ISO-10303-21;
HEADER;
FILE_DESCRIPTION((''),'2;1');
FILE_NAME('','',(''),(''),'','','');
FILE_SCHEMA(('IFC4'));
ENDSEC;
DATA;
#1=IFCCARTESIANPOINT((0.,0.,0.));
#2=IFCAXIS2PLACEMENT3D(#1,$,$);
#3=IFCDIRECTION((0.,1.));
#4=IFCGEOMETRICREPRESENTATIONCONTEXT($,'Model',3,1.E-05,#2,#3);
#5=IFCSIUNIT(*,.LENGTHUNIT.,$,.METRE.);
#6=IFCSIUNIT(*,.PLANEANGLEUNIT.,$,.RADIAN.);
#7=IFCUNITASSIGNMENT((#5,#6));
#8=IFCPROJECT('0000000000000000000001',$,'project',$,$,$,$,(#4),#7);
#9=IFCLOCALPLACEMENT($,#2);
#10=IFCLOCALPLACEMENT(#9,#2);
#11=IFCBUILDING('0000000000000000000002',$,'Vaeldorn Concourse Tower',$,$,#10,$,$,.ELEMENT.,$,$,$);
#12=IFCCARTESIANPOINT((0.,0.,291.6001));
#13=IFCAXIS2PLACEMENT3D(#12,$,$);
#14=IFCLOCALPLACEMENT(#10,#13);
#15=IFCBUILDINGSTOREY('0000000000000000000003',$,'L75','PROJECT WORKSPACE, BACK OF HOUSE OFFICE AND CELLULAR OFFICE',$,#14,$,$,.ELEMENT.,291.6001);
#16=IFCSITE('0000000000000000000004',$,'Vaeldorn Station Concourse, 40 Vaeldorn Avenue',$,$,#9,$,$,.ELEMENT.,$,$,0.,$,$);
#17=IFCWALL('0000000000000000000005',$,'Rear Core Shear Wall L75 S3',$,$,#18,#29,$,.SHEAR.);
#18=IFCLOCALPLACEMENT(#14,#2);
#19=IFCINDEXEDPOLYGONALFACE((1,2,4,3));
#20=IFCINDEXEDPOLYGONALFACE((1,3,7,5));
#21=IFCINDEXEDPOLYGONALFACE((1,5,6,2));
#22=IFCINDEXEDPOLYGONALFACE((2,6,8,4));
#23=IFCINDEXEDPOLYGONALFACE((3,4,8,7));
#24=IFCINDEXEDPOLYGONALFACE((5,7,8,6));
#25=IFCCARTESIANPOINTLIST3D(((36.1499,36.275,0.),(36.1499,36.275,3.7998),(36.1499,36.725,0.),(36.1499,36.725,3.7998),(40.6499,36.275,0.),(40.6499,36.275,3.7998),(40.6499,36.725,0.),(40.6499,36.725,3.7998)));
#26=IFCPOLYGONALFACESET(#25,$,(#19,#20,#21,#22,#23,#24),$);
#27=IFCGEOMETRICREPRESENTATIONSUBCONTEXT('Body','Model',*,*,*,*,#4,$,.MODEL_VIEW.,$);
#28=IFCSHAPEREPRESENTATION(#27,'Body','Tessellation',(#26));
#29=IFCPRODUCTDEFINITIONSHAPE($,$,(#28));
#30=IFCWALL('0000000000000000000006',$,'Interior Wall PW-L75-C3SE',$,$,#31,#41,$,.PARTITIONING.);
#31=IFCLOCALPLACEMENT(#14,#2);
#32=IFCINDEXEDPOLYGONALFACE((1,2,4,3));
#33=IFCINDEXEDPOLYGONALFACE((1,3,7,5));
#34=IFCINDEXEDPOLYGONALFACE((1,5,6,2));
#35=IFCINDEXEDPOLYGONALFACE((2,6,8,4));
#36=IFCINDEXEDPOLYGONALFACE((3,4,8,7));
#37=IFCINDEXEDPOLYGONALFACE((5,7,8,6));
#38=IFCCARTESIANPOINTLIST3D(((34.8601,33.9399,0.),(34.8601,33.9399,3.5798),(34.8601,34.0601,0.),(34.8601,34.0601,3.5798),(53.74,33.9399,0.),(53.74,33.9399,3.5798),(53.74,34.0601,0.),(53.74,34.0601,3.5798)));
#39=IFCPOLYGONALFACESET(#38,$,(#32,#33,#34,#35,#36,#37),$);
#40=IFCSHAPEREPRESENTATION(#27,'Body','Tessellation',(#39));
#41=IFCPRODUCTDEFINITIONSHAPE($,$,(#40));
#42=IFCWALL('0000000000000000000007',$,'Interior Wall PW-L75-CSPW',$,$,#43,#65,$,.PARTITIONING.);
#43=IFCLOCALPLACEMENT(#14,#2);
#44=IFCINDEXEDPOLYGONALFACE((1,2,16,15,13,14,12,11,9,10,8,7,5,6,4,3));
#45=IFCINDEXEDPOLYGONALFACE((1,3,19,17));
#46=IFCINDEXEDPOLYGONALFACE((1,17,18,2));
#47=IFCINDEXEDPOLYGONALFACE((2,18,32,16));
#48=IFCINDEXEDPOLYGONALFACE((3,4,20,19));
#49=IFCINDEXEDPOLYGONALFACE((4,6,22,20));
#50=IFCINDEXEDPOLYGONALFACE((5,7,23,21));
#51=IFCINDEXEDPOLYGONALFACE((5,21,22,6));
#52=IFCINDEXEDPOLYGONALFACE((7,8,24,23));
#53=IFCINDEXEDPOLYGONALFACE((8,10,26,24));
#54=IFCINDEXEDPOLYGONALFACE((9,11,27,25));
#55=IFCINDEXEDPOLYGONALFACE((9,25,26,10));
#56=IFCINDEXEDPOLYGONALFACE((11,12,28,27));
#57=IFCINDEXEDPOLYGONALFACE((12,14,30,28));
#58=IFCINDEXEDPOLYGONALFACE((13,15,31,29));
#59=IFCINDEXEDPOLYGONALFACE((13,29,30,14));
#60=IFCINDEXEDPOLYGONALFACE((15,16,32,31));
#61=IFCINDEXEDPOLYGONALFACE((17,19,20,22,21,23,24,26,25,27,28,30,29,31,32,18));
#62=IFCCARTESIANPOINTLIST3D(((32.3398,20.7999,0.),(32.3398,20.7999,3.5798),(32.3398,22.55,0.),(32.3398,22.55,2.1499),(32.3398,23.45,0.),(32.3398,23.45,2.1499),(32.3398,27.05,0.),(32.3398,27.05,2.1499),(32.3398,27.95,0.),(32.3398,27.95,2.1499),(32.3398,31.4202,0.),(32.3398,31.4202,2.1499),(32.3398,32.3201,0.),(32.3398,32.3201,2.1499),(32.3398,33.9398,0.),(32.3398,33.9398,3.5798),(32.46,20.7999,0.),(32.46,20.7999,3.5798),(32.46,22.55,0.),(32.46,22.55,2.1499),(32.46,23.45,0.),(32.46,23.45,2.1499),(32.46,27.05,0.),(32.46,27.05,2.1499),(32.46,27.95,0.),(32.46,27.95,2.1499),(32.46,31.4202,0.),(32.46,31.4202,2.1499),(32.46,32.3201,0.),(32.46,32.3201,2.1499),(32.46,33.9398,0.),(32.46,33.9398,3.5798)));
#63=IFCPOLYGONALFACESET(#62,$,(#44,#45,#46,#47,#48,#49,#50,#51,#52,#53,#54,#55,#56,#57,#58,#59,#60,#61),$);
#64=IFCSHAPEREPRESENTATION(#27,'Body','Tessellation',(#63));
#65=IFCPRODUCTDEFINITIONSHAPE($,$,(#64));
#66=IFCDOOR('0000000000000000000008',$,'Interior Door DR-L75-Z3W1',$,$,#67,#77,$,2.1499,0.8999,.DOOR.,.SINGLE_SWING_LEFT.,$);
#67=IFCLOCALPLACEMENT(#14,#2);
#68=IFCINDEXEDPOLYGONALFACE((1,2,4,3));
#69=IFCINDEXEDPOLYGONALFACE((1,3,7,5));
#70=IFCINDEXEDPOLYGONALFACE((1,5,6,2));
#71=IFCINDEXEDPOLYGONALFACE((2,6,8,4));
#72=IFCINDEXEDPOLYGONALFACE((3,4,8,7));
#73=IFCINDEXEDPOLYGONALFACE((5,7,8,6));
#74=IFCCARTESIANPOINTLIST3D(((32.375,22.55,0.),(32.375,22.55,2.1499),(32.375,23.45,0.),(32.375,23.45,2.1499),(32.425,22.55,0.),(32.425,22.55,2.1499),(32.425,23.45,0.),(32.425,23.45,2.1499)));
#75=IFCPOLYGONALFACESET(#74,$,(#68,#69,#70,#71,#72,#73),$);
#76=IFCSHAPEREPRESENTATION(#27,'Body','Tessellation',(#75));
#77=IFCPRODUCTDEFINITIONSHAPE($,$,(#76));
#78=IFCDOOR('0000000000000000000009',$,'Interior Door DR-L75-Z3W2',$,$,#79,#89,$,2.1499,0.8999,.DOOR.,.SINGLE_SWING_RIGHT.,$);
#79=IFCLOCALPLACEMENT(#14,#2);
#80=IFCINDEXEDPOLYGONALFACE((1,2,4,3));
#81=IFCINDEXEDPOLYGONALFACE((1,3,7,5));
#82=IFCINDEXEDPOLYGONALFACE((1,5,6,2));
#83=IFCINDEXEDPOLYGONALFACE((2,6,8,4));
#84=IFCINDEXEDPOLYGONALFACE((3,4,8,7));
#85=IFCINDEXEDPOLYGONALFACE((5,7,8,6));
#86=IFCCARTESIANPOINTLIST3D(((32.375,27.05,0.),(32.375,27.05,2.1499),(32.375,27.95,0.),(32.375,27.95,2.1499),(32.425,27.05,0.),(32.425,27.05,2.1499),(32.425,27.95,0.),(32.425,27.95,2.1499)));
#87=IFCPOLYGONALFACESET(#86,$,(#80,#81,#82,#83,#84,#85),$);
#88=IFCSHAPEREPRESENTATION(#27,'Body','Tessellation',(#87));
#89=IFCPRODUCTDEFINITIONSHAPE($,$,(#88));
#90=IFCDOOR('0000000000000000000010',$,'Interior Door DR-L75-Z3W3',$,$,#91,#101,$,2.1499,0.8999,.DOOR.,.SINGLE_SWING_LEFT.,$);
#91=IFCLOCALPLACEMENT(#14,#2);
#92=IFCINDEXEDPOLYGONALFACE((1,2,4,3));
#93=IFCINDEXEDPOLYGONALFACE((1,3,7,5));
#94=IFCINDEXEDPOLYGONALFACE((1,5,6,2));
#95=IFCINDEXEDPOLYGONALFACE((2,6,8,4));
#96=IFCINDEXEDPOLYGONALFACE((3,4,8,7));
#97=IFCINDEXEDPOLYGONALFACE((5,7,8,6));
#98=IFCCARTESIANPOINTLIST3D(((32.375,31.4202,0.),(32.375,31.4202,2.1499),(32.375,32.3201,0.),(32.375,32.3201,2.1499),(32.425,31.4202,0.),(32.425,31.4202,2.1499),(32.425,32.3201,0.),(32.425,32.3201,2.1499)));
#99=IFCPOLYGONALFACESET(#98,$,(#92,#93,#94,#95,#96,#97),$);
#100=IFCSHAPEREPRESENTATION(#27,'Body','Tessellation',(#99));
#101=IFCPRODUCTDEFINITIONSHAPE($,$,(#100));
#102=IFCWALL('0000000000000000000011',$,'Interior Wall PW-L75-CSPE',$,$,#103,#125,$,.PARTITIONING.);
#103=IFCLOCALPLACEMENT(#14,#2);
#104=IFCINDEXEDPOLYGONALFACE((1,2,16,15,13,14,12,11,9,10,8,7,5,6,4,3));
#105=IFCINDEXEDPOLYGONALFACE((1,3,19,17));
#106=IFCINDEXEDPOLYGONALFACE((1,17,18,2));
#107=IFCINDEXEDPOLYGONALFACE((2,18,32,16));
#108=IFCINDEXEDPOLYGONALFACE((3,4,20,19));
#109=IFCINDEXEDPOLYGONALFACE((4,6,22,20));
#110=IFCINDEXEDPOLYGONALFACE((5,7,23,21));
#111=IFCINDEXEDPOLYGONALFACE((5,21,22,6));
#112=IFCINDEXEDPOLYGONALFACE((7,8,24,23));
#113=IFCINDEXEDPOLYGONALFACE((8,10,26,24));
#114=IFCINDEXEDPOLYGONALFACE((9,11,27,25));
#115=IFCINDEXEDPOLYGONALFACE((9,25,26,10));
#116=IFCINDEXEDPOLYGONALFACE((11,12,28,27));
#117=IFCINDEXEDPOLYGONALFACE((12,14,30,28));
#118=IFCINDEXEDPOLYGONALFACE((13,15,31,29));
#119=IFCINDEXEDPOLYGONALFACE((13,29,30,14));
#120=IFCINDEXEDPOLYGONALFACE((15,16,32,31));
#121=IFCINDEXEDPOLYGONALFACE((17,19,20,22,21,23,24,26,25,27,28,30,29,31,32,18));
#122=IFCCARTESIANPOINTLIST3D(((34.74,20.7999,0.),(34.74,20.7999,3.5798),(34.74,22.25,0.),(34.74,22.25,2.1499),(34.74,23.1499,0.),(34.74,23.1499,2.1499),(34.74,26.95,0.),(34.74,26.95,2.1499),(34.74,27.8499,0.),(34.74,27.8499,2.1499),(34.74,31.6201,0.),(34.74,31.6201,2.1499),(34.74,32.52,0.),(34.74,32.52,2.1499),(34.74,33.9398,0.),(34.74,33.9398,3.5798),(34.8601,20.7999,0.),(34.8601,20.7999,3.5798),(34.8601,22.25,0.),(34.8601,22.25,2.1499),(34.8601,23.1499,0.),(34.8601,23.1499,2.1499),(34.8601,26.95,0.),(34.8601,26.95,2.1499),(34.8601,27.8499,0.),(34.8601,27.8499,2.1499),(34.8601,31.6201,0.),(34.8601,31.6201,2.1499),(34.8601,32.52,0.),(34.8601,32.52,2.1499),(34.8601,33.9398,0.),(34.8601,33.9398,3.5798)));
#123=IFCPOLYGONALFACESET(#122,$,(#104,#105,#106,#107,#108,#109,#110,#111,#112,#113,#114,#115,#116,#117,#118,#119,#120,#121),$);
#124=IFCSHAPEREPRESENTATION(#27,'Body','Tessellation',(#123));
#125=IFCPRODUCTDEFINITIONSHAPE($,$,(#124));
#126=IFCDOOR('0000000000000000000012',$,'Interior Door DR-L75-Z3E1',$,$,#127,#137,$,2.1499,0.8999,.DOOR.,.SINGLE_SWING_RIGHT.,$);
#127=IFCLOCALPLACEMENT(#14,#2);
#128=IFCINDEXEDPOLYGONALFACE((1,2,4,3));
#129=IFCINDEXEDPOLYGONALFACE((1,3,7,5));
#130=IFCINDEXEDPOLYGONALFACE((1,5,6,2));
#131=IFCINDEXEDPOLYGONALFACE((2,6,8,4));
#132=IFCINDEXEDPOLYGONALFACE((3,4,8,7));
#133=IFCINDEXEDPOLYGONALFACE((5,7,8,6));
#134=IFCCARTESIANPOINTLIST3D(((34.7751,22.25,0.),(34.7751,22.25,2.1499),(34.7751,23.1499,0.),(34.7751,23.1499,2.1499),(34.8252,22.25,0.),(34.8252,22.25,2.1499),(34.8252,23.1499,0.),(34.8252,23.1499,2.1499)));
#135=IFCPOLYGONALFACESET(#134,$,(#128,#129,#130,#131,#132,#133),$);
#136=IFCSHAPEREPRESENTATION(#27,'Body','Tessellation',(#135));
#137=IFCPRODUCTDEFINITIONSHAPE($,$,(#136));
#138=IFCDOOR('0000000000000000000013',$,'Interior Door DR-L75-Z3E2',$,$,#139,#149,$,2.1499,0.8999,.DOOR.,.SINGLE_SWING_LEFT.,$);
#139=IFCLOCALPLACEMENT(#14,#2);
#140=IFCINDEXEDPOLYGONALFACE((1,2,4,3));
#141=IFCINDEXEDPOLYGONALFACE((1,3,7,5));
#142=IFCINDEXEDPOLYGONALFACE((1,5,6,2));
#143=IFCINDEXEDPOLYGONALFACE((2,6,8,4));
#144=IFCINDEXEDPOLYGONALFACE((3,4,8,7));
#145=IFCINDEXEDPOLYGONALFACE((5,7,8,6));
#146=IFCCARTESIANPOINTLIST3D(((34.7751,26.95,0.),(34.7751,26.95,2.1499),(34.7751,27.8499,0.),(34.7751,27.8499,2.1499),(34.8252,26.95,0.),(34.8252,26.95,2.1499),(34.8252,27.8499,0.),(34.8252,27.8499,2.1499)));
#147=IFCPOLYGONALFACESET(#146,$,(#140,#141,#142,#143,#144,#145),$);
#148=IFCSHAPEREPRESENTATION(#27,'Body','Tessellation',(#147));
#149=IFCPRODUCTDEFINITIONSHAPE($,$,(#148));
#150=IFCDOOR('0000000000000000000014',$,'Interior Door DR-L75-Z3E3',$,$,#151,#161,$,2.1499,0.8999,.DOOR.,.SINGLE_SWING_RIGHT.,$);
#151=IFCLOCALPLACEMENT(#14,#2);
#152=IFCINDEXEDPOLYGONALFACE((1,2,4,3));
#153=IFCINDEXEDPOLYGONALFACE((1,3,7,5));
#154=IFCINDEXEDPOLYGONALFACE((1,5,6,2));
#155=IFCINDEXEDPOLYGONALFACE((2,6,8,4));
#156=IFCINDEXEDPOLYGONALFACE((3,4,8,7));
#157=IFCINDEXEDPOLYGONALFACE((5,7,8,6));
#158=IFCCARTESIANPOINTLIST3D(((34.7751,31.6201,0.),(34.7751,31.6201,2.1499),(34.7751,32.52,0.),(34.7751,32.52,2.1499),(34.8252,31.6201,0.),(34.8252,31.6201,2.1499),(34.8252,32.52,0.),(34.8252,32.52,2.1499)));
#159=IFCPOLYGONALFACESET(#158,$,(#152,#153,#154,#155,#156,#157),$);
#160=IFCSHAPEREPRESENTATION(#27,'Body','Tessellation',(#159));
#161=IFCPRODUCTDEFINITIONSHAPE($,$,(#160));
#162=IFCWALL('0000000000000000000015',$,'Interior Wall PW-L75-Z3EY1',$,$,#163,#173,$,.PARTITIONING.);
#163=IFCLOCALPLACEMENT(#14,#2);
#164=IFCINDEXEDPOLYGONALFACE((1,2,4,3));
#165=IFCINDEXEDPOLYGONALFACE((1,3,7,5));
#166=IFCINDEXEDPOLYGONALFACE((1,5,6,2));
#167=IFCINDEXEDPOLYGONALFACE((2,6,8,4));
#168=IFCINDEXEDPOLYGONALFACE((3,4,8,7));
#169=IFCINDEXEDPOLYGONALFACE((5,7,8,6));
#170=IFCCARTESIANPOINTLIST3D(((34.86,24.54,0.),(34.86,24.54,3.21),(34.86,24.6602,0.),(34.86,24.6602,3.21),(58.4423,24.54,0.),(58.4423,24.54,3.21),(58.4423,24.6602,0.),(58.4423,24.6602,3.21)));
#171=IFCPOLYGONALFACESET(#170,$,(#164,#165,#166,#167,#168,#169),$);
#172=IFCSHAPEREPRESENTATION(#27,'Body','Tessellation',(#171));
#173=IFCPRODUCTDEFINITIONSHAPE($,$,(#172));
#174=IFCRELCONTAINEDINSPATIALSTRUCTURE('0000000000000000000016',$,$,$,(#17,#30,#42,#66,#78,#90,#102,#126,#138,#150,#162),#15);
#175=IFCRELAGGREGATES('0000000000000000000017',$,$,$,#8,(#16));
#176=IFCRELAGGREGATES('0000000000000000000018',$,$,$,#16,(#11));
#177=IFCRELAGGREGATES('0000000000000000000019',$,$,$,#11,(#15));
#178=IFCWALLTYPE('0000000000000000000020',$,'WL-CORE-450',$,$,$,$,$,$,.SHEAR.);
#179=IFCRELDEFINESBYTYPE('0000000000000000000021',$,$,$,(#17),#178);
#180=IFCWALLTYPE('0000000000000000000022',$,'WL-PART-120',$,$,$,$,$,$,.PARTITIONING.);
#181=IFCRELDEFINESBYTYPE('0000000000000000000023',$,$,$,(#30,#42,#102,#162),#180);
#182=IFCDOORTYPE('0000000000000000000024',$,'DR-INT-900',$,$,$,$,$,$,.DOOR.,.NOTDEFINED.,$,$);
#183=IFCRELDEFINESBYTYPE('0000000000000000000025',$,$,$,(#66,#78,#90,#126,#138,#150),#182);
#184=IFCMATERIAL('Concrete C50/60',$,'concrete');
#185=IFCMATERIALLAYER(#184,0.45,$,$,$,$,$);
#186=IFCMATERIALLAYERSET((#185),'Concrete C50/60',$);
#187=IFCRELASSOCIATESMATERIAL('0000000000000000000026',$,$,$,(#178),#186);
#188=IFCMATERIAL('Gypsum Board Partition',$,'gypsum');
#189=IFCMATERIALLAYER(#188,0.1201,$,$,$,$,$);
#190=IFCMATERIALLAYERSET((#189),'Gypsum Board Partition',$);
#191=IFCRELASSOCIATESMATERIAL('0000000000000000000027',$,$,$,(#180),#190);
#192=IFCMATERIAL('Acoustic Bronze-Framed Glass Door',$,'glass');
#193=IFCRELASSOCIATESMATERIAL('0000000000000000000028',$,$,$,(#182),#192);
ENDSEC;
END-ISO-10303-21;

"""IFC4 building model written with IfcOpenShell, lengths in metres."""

from ifc_helpers import new_model, si_unit, direction, frame, frame_2d, origin, place, context, subcontext, project, spatial, rectangle, extrude, source, transform, mapped, material, layer, layer_set, type_object, element, fill, save


model = new_model("IFC4")

# Units and contexts
model_context = context("Model", 3, precision=1e-05, world=origin(), true_north=direction((0.0, 1.0)))
body_context = subcontext(model_context, "Body", "Model", "MODEL_VIEW")
ifc_project = project(units=[si_unit("LENGTHUNIT", "METRE"), si_unit("PLANEANGLEUNIT", "RADIAN")], contexts=[model_context])

# Site, building, storey
site_placement = place(None, origin())
site = spatial("IfcSite", under=ifc_project, at=site_placement, Name="Vaeldorn Station Concourse, 40 Vaeldorn Avenue", CompositionType="ELEMENT", RefElevation=0.0)
building_placement = place(site_placement, origin())
building = spatial("IfcBuilding", under=site, at=building_placement, Name="Vaeldorn Concourse Tower", CompositionType="ELEMENT")
storey_placement = place(building_placement, frame((0.0, 0.0, 291.6001)))
storey = spatial("IfcBuildingStorey", under=building, at=storey_placement, Name="L75", Description="PROJECT WORKSPACE, BACK OF HOUSE OFFICE AND CELLULAR OFFICE", CompositionType="ELEMENT", Elevation=291.6001)

# Walls
ifc_material_1 = material(Name="Concrete C50/60", Category="concrete")
ifc_layer_1 = layer(ifc_material_1, 0.45)
ifc_layer_set_1 = layer_set([ifc_layer_1], Name="Concrete C50/60")
wall_type_1 = type_object("IfcWallType", Name="WL-CORE-450", PredefinedType="SHEAR", material=ifc_layer_set_1)
wall_1_placement = place(storey_placement, frame((36.1499, 36.5, 0.0), z_axis=(0.0, 0.0, 1.0), x_axis=(1.0, 0.0, 0.0)))
element("IfcWall", 1, at=wall_1_placement, inside=storey, type_object=wall_type_1, Name="Rear Core Shear Wall L75 S3", PredefinedType="SHEAR", context=body_context, shape_type="SweptSolid", body=[
    extrude(rectangle(XDim=4.5, YDim=0.45, at=frame_2d((2.25, 0.0))), origin(), (0.0, 0.0, 1.0), 3.7998),
])
ifc_material_2 = material(Name="Gypsum Board Partition", Category="gypsum")
ifc_layer_2 = layer(ifc_material_2, 0.1201)
ifc_layer_set_2 = layer_set([ifc_layer_2], Name="Gypsum Board Partition")
wall_type_2 = type_object("IfcWallType", Name="WL-PART-120", PredefinedType="PARTITIONING", material=ifc_layer_set_2)
wall_2_placement = place(storey_placement, frame((34.8601, 34.0, 0.0), z_axis=(0.0, 0.0, 1.0), x_axis=(1.0, 0.0, 0.0)))
element("IfcWall", 2, at=wall_2_placement, inside=storey, type_object=wall_type_2, Name="Interior Wall PW-L75-C3SE", PredefinedType="PARTITIONING", context=body_context, shape_type="SweptSolid", body=[
    extrude(rectangle(XDim=18.8799, YDim=0.1201, at=frame_2d((9.4399, 0.0))), origin(), (0.0, 0.0, 1.0), 3.5798),
])

# Walls, openings, doors
wall_3_placement = place(storey_placement, frame((32.3999, 20.8, 0.0), z_axis=(0.0, 0.0, 1.0), x_axis=(0.0, 1.0, 0.0)))
wall_3 = element("IfcWall", 3, at=wall_3_placement, inside=storey, type_object=wall_type_2, Name="Interior Wall PW-L75-CSPW", PredefinedType="PARTITIONING", context=body_context, shape_type="SweptSolid", body=[
    extrude(rectangle(XDim=13.1399, YDim=0.1201, at=frame_2d((6.5698, 0.0))), origin(), (0.0, 0.0, 1.0), 3.5798),
])
opening_1_placement = place(wall_3_placement, frame((1.75, 0.0, 0.0)))
opening_1 = element("IfcOpeningElement", 4, at=opening_1_placement, cuts=wall_3, PredefinedType="OPENING", context=body_context, shape_type="SweptSolid", body=[
    extrude(rectangle(XDim=0.8999, YDim=2.1499, at=frame_2d((0.45, 1.075))), frame((0.0, 0.0701, 0.0), z_axis=(0.0, -1.0, 0.0), x_axis=(1.0, 0.0, 0.0)), (0.0, 0.0, 1.0), 0.1401),
])
opening_2_placement = place(wall_3_placement, frame((6.25, 0.0, 0.0)))
opening_2 = element("IfcOpeningElement", 5, at=opening_2_placement, cuts=wall_3, PredefinedType="OPENING", context=body_context, shape_type="SweptSolid", body=[
    extrude(rectangle(XDim=0.8999, YDim=2.1499, at=frame_2d((0.45, 1.075))), frame((0.0, 0.0701, 0.0), z_axis=(0.0, -1.0, 0.0), x_axis=(1.0, 0.0, 0.0)), (0.0, 0.0, 1.0), 0.1401),
])
opening_3_placement = place(wall_3_placement, frame((10.6201, 0.0, 0.0)))
opening_3 = element("IfcOpeningElement", 6, at=opening_3_placement, cuts=wall_3, PredefinedType="OPENING", context=body_context, shape_type="SweptSolid", body=[
    extrude(rectangle(XDim=0.8999, YDim=2.1499, at=frame_2d((0.45, 1.075))), frame((0.0, 0.0701, 0.0), z_axis=(0.0, -1.0, 0.0), x_axis=(1.0, 0.0, 0.0)), (0.0, 0.0, 1.0), 0.1401),
])
ifc_material_3 = material(Name="Acoustic Bronze-Framed Glass Door", Category="glass")
door_type_1 = type_object("IfcDoorType", Name="DR-INT-900", OperationType="NOTDEFINED", PredefinedType="DOOR", material=ifc_material_3)
shared_shape_1 = source(origin(), body_context, "Body", "SweptSolid", [
    extrude(rectangle(XDim=0.8999, YDim=2.1499, at=frame_2d((0.45, 1.075))), frame((0.0, 0.0249, 0.0), z_axis=(0.0, -1.0, 0.0), x_axis=(1.0, 0.0, 0.0)), (0.0, 0.0, 1.0), 0.05),
])
door_1_placement = place(opening_1_placement, origin())
door_1 = element("IfcDoor", 7, at=door_1_placement, inside=storey, type_object=door_type_1, Name="Interior Door DR-L75-Z3W1", OperationType="SINGLE_SWING_LEFT", OverallHeight=2.1499, OverallWidth=0.8999, PredefinedType="DOOR", context=body_context, shape_type="MappedRepresentation", body=[
    mapped(shared_shape_1, transform((0.0, 0.0, 0.0), scale=1.0)),
])
fill(opening_1, door_1)
door_2_placement = place(opening_2_placement, origin())
door_2 = element("IfcDoor", 8, at=door_2_placement, inside=storey, type_object=door_type_1, Name="Interior Door DR-L75-Z3W2", OperationType="SINGLE_SWING_RIGHT", OverallHeight=2.1499, OverallWidth=0.8999, PredefinedType="DOOR", context=body_context, shape_type="MappedRepresentation", body=[
    mapped(shared_shape_1, transform((0.0, 0.0, 0.0), scale=1.0)),
])
fill(opening_2, door_2)
door_3_placement = place(opening_3_placement, origin())
door_3 = element("IfcDoor", 9, at=door_3_placement, inside=storey, type_object=door_type_1, Name="Interior Door DR-L75-Z3W3", OperationType="SINGLE_SWING_LEFT", OverallHeight=2.1499, OverallWidth=0.8999, PredefinedType="DOOR", context=body_context, shape_type="MappedRepresentation", body=[
    mapped(shared_shape_1, transform((0.0, 0.0, 0.0), scale=1.0)),
])
fill(opening_3, door_3)
wall_4_placement = place(storey_placement, frame((34.8, 20.8, 0.0), z_axis=(0.0, 0.0, 1.0), x_axis=(0.0, 1.0, 0.0)))
wall_4 = element("IfcWall", 10, at=wall_4_placement, inside=storey, type_object=wall_type_2, Name="Interior Wall PW-L75-CSPE", PredefinedType="PARTITIONING", context=body_context, shape_type="SweptSolid", body=[
    extrude(rectangle(XDim=13.1399, YDim=0.1201, at=frame_2d((6.5698, 0.0))), origin(), (0.0, 0.0, 1.0), 3.5798),
])
opening_4_placement = place(wall_4_placement, frame((1.45, 0.0, 0.0)))
opening_4 = element("IfcOpeningElement", 11, at=opening_4_placement, cuts=wall_4, PredefinedType="OPENING", context=body_context, shape_type="SweptSolid", body=[
    extrude(rectangle(XDim=0.8999, YDim=2.1499, at=frame_2d((0.45, 1.075))), frame((0.0, 0.0701, 0.0), z_axis=(0.0, -1.0, 0.0), x_axis=(1.0, 0.0, 0.0)), (0.0, 0.0, 1.0), 0.1401),
])
opening_5_placement = place(wall_4_placement, frame((6.1499, 0.0, 0.0)))
opening_5 = element("IfcOpeningElement", 12, at=opening_5_placement, cuts=wall_4, PredefinedType="OPENING", context=body_context, shape_type="SweptSolid", body=[
    extrude(rectangle(XDim=0.8999, YDim=2.1499, at=frame_2d((0.45, 1.075))), frame((0.0, 0.0701, 0.0), z_axis=(0.0, -1.0, 0.0), x_axis=(1.0, 0.0, 0.0)), (0.0, 0.0, 1.0), 0.1401),
])
opening_6_placement = place(wall_4_placement, frame((10.8201, 0.0, 0.0)))
opening_6 = element("IfcOpeningElement", 13, at=opening_6_placement, cuts=wall_4, PredefinedType="OPENING", context=body_context, shape_type="SweptSolid", body=[
    extrude(rectangle(XDim=0.8999, YDim=2.1499, at=frame_2d((0.45, 1.075))), frame((0.0, 0.0701, 0.0), z_axis=(0.0, -1.0, 0.0), x_axis=(1.0, 0.0, 0.0)), (0.0, 0.0, 1.0), 0.1401),
])
door_4_placement = place(opening_4_placement, origin())
door_4 = element("IfcDoor", 14, at=door_4_placement, inside=storey, type_object=door_type_1, Name="Interior Door DR-L75-Z3E1", OperationType="SINGLE_SWING_RIGHT", OverallHeight=2.1499, OverallWidth=0.8999, PredefinedType="DOOR", context=body_context, shape_type="MappedRepresentation", body=[
    mapped(shared_shape_1, transform((0.0, 0.0, 0.0), scale=1.0)),
])
fill(opening_4, door_4)
door_5_placement = place(opening_5_placement, origin())
door_5 = element("IfcDoor", 15, at=door_5_placement, inside=storey, type_object=door_type_1, Name="Interior Door DR-L75-Z3E2", OperationType="SINGLE_SWING_LEFT", OverallHeight=2.1499, OverallWidth=0.8999, PredefinedType="DOOR", context=body_context, shape_type="MappedRepresentation", body=[
    mapped(shared_shape_1, transform((0.0, 0.0, 0.0), scale=1.0)),
])
fill(opening_5, door_5)
door_6_placement = place(opening_6_placement, origin())
door_6 = element("IfcDoor", 16, at=door_6_placement, inside=storey, type_object=door_type_1, Name="Interior Door DR-L75-Z3E3", OperationType="SINGLE_SWING_RIGHT", OverallHeight=2.1499, OverallWidth=0.8999, PredefinedType="DOOR", context=body_context, shape_type="MappedRepresentation", body=[
    mapped(shared_shape_1, transform((0.0, 0.0, 0.0), scale=1.0)),
])
fill(opening_6, door_6)

# Wall
wall_5_placement = place(storey_placement, frame((34.8601, 24.6001, 0.0), z_axis=(0.0, 0.0, 1.0), x_axis=(1.0, 0.0, 0.0)))
element("IfcWall", 17, at=wall_5_placement, inside=storey, type_object=wall_type_2, Name="Interior Wall PW-L75-Z3EY1", PredefinedType="PARTITIONING", context=body_context, shape_type="SweptSolid", body=[
    extrude(rectangle(XDim=23.5823, YDim=0.1201, at=frame_2d((11.791, 0.0))), origin(), (0.0, 0.0, 1.0), 3.21),
])

save(model, "model.ifc")
